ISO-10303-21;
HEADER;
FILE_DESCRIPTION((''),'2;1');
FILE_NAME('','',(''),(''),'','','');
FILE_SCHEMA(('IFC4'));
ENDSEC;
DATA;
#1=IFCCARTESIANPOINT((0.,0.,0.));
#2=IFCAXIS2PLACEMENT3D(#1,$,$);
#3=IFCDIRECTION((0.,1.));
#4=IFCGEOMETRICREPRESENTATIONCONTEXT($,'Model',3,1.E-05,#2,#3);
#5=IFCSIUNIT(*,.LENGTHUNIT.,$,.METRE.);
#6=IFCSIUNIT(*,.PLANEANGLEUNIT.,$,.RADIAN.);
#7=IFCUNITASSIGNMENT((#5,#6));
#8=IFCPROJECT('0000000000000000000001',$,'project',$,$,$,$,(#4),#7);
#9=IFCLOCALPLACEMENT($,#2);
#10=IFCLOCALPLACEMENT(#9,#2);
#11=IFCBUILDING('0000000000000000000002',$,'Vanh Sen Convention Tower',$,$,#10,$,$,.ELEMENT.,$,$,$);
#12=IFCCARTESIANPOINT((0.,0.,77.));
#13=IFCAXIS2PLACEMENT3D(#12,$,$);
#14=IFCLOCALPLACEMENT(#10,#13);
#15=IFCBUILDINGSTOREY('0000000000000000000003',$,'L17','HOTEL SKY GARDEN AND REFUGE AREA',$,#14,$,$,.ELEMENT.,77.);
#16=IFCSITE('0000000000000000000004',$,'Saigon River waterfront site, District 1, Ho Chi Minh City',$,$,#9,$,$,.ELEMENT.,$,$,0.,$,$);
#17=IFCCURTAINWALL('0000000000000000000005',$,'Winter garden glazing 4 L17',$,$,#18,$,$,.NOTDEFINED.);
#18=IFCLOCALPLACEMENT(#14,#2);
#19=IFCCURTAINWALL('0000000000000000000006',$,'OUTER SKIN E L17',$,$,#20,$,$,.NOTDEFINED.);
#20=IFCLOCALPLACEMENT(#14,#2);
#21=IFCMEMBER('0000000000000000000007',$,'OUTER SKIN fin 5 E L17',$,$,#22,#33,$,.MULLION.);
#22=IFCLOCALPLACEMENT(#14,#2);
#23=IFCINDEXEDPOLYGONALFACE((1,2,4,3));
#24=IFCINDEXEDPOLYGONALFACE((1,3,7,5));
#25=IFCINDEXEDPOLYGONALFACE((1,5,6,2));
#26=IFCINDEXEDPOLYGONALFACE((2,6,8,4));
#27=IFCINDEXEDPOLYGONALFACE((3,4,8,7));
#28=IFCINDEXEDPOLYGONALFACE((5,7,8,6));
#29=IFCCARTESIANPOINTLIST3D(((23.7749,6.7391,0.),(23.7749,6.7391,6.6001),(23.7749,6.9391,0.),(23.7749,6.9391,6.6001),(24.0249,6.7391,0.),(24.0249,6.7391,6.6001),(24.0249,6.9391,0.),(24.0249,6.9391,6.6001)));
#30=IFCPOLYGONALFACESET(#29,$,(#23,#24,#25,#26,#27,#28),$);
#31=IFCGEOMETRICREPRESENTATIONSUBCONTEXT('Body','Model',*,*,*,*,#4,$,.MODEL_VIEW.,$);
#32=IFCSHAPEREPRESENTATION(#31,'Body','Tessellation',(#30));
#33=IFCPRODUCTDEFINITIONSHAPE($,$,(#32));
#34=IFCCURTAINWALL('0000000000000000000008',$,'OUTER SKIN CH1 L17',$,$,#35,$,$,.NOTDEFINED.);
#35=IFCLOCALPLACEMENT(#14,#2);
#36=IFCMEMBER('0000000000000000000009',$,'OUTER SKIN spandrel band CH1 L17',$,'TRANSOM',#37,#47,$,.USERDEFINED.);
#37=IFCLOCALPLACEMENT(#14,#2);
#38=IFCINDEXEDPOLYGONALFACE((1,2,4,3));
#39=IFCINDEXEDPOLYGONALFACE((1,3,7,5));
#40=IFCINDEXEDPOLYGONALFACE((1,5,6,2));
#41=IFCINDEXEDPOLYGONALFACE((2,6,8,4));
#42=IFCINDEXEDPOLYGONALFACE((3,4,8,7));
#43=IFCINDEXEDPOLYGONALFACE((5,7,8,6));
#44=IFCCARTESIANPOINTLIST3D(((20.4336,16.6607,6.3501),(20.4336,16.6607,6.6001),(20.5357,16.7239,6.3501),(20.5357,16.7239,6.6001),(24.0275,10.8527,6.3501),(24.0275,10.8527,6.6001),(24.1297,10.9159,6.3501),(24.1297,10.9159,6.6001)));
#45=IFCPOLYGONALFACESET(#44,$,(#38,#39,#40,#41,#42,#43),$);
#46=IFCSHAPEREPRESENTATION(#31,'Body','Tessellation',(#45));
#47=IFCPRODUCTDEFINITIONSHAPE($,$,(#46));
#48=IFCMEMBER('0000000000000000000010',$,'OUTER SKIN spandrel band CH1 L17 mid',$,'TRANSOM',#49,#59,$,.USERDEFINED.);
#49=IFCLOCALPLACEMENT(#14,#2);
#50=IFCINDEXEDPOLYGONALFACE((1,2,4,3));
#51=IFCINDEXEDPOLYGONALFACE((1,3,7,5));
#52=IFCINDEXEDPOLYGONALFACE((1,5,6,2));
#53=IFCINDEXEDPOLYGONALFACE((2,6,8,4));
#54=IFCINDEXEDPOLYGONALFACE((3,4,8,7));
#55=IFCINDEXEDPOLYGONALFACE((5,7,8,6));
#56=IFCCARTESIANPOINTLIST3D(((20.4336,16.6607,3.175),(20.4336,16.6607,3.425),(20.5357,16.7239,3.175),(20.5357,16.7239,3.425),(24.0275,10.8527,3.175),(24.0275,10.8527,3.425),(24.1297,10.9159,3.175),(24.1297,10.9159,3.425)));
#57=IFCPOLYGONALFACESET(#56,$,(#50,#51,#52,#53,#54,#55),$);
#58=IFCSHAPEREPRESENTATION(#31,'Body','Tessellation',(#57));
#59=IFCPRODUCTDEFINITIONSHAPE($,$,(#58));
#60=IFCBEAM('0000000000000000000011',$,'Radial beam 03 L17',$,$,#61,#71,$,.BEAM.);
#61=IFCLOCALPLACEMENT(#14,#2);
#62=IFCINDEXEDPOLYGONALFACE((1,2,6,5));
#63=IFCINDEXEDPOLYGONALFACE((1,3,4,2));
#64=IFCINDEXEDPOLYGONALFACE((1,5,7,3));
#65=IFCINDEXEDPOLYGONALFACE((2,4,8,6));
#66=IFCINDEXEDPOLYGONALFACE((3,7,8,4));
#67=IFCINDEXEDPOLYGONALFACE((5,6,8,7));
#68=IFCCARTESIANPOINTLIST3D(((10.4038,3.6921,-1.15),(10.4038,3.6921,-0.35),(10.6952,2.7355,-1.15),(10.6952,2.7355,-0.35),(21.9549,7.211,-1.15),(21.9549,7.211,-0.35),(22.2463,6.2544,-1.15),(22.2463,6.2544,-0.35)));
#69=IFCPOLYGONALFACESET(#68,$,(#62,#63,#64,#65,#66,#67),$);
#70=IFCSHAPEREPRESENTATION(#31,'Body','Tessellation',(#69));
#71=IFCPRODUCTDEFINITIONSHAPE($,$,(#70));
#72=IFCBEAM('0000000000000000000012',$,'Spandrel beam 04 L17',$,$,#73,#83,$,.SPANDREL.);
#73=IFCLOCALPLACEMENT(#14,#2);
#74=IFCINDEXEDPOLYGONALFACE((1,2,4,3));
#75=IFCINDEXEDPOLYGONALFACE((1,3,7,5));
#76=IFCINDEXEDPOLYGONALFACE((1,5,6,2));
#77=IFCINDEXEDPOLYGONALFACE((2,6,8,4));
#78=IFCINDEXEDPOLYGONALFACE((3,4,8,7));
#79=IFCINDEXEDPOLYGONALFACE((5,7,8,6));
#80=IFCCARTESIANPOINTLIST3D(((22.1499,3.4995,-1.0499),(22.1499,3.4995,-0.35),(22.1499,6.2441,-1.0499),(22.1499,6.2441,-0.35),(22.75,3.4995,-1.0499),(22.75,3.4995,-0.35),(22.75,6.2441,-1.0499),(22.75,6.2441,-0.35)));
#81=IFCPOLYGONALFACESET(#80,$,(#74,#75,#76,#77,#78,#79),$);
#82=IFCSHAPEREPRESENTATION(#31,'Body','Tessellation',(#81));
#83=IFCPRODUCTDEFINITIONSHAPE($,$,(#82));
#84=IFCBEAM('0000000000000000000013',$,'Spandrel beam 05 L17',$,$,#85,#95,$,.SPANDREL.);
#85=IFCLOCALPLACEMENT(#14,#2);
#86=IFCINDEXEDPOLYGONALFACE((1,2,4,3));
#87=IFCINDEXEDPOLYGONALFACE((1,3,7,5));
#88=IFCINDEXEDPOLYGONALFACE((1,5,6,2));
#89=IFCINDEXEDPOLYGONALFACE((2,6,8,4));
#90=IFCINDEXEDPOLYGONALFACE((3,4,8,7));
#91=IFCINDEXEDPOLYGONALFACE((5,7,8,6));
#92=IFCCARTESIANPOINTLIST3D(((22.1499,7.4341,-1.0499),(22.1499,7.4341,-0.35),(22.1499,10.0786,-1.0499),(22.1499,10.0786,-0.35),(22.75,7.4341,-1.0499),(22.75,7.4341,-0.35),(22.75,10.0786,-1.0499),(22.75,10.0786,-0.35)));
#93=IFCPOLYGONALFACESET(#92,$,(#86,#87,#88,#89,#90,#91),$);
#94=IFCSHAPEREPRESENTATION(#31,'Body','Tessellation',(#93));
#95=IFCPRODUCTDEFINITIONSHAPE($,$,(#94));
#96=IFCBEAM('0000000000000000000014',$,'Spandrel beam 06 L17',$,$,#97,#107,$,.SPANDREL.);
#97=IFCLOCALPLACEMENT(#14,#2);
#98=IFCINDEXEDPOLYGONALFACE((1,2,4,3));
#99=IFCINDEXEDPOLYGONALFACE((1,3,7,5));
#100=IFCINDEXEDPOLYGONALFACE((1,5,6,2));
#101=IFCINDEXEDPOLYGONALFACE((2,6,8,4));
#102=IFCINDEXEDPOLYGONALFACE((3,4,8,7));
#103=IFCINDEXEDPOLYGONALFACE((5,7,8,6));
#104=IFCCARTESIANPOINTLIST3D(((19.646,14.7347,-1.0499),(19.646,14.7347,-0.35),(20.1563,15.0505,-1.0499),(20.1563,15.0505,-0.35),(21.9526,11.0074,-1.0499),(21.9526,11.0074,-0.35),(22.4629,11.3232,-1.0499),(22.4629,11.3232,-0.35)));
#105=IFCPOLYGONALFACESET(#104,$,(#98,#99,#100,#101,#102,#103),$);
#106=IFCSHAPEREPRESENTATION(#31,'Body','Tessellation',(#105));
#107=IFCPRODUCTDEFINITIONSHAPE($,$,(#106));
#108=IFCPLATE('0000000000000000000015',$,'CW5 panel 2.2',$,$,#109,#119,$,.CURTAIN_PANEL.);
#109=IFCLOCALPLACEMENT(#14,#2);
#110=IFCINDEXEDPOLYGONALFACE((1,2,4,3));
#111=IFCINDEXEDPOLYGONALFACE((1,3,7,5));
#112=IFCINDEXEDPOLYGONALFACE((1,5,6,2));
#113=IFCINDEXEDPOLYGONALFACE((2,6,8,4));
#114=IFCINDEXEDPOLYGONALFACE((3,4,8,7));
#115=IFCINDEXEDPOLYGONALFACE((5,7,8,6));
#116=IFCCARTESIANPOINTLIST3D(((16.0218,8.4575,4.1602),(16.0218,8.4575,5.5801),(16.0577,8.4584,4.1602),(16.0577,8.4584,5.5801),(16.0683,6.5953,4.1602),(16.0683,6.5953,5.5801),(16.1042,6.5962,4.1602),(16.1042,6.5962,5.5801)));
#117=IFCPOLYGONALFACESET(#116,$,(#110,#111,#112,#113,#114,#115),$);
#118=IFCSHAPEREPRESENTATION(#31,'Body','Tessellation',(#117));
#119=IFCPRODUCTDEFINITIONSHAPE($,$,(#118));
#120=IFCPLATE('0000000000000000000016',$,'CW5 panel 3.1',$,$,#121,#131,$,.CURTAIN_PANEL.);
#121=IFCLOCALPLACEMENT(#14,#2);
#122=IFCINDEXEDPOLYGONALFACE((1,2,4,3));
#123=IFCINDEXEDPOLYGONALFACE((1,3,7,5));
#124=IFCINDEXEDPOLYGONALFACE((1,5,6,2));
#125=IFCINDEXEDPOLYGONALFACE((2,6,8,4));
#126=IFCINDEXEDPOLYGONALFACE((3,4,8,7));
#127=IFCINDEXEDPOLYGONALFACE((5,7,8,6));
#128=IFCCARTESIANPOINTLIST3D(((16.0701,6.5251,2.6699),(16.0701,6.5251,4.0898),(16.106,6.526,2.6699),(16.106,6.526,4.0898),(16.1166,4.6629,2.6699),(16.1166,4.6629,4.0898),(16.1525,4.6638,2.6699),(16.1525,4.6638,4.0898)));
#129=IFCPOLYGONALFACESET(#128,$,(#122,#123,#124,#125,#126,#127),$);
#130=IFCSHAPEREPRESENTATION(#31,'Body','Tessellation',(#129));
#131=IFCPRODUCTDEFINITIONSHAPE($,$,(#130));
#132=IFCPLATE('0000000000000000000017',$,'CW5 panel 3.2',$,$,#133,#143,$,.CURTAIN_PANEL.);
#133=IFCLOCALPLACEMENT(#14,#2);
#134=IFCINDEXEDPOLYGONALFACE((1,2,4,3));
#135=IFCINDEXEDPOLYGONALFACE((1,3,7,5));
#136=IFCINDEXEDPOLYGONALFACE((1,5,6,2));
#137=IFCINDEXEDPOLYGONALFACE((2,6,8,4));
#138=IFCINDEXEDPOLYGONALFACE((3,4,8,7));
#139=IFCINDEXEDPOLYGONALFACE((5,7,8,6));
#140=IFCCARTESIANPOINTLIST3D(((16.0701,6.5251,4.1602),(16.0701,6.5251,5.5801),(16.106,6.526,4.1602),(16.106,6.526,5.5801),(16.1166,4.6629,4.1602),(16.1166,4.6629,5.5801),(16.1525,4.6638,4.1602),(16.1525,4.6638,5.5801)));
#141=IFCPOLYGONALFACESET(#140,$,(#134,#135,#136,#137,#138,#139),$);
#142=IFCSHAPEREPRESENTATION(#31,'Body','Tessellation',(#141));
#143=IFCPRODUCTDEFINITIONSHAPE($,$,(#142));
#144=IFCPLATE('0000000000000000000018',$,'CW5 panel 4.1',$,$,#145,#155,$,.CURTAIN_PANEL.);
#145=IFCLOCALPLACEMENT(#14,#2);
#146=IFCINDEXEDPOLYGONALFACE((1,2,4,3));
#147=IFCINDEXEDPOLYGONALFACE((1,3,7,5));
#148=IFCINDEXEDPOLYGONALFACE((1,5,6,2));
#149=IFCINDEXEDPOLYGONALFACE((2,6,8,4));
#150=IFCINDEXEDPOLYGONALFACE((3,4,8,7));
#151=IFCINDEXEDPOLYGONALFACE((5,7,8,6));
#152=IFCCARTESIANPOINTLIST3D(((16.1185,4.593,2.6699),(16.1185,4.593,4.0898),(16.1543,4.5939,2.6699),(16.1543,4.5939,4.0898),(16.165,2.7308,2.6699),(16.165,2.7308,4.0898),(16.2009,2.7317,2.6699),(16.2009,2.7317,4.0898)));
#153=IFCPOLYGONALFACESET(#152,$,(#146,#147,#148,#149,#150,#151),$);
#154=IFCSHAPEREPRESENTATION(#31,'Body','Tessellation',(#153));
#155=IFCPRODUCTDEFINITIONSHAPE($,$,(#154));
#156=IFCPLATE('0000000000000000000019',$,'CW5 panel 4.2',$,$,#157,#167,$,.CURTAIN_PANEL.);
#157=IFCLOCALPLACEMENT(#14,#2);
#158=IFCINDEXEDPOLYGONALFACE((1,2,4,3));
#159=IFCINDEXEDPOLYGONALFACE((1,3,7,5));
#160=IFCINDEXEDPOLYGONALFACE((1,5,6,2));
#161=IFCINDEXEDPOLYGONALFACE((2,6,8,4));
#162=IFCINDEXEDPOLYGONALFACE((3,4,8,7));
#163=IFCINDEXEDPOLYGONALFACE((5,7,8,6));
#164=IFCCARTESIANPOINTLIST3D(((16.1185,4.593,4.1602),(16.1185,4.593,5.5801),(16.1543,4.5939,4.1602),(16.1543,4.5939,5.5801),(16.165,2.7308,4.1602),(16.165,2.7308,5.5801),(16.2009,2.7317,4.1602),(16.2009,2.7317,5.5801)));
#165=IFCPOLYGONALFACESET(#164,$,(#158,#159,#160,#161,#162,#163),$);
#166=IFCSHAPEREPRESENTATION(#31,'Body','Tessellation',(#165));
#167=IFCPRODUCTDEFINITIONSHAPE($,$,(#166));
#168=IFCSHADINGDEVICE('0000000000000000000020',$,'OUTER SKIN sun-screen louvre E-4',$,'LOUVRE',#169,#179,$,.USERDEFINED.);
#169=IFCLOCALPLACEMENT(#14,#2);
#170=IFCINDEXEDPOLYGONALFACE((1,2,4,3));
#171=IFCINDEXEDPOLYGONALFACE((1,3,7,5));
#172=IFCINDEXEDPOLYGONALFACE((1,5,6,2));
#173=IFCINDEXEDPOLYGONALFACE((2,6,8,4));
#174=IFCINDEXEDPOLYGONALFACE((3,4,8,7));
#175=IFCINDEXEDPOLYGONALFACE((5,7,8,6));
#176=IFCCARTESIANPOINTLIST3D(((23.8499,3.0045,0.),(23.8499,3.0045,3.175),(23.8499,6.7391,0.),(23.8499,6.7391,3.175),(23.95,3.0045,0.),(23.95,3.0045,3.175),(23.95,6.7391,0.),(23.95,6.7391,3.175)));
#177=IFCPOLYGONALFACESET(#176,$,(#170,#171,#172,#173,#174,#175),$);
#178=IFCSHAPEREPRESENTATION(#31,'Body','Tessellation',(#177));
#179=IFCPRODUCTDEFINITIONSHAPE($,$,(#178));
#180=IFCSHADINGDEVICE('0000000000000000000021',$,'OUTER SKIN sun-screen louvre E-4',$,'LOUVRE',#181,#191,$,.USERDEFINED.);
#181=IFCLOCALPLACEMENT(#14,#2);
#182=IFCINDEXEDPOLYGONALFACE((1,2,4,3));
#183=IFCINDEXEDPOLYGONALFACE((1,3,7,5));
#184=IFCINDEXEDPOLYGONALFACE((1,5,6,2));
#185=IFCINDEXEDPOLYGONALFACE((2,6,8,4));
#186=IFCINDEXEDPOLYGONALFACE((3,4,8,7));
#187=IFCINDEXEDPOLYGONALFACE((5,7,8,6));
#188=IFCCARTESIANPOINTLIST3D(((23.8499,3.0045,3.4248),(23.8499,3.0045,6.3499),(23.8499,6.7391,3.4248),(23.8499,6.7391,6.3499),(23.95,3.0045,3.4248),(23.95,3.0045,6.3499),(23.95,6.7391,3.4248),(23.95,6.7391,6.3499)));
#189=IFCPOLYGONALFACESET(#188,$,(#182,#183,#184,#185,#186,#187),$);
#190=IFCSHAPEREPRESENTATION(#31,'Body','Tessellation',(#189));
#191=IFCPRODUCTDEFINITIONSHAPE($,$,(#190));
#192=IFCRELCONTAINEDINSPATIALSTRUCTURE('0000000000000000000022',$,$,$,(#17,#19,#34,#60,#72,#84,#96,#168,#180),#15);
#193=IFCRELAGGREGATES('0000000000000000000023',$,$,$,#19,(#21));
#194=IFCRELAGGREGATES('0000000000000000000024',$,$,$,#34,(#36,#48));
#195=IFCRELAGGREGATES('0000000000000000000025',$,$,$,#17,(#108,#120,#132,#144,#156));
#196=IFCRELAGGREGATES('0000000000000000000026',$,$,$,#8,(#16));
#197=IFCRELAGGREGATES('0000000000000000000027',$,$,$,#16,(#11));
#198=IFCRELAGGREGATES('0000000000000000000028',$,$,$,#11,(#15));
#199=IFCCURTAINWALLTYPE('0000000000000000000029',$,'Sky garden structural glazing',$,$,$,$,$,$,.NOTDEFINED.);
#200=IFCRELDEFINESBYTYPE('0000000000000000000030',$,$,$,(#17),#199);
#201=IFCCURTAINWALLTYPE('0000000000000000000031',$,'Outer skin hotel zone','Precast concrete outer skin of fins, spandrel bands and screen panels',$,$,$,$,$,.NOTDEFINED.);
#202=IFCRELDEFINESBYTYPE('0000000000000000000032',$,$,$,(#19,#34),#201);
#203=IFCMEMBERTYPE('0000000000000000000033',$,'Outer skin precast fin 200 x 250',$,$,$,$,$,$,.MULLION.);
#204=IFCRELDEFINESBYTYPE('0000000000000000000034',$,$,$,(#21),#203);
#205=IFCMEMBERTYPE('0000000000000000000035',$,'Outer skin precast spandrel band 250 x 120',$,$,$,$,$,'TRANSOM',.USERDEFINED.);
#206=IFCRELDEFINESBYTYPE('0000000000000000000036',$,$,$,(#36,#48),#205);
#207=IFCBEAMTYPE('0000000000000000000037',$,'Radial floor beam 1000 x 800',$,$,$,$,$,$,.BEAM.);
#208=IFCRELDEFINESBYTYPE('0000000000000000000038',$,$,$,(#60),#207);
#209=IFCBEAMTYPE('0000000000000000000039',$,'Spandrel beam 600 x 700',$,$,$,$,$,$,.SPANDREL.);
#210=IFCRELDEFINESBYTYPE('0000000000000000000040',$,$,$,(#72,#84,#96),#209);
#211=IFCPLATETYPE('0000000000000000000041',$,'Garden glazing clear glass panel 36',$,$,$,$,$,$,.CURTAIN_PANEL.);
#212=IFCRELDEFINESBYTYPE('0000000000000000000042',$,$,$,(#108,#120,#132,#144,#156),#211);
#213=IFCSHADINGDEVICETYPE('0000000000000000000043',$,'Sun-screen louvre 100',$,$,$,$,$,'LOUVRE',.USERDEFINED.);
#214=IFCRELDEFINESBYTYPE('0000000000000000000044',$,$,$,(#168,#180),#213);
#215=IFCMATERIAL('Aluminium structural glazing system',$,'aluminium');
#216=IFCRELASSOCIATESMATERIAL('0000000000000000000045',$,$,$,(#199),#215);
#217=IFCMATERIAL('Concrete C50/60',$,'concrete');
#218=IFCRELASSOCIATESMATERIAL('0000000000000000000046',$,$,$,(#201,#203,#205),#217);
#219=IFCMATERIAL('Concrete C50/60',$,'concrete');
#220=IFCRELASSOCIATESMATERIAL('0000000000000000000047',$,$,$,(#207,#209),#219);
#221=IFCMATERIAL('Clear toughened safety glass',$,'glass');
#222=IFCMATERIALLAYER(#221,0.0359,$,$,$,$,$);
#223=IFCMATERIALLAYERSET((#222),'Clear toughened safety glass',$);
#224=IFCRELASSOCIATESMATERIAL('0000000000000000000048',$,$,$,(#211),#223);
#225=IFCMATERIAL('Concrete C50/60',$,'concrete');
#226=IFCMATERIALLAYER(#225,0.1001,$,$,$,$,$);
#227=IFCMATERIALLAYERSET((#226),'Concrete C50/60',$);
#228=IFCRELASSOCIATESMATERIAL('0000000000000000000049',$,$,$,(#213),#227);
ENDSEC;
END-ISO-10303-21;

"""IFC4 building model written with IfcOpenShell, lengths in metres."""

from ifc_helpers import new_model, si_unit, direction, frame, origin, origin_2d, place, context, subcontext, project, spatial, rectangle, extrude, material, layer, layer_set, material_profile, profile_set, type_object, element, aggregate, save


model = new_model("IFC4")

# Units and contexts
model_context = context("Model", 3, precision=1e-05, world=origin(), true_north=direction((0.0, 1.0)))
body_context = subcontext(model_context, "Body", "Model", "MODEL_VIEW")
ifc_project = project(units=[si_unit("LENGTHUNIT", "METRE"), si_unit("PLANEANGLEUNIT", "RADIAN")], contexts=[model_context])

# Site, building, storey
site_placement = place(None, origin())
site = spatial("IfcSite", under=ifc_project, at=site_placement, Name="Saigon River waterfront site, District 1, Ho Chi Minh City", CompositionType="ELEMENT", RefElevation=0.0)
building_placement = place(site_placement, origin())
building = spatial("IfcBuilding", under=site, at=building_placement, Name="Vanh Sen Convention Tower", CompositionType="ELEMENT")
storey_placement = place(building_placement, frame((0.0, 0.0, 77.0)))
storey = spatial("IfcBuildingStorey", under=building, at=storey_placement, Name="L17", Description="HOTEL SKY GARDEN AND REFUGE AREA", CompositionType="ELEMENT", Elevation=77.0)

# Curtain walls, members
ifc_material_1 = material(Name="Aluminium structural glazing system", Category="aluminium")
curtain_wall_type_1 = type_object("IfcCurtainWallType", Name="Sky garden structural glazing", PredefinedType="NOTDEFINED", material=ifc_material_1)
curtain_wall_1_placement = place(storey_placement, origin())
curtain_wall_1 = element("IfcCurtainWall", 1, at=curtain_wall_1_placement, inside=storey, type_object=curtain_wall_type_1, Name="Winter garden glazing 4 L17", PredefinedType="NOTDEFINED")
ifc_material_2 = material(Name="Concrete C50/60", Category="concrete")
curtain_wall_type_2 = type_object("IfcCurtainWallType", Name="Outer skin hotel zone", Description="Precast concrete outer skin of fins, spandrel bands and screen panels", PredefinedType="NOTDEFINED", material=ifc_material_2)
curtain_wall_2_placement = place(storey_placement, origin())
curtain_wall_2 = element("IfcCurtainWall", 2, at=curtain_wall_2_placement, inside=storey, type_object=curtain_wall_type_2, Name="OUTER SKIN E L17", PredefinedType="NOTDEFINED")
ifc_material_profile_1 = material_profile(ifc_material_2, rectangle(XDim=0.2, YDim=0.25, at=origin_2d()), Name="Outer skin precast fin 200 x 250")
ifc_profile_set_1 = profile_set([ifc_material_profile_1], Name="Concrete C50/60")
member_type_1 = type_object("IfcMemberType", Name="Outer skin precast fin 200 x 250", PredefinedType="MULLION", material=ifc_profile_set_1)
member_1_placement = place(storey_placement, frame((23.8999, 6.8391, 0.0), z_axis=(0.0, 0.0, 1.0), x_axis=(0.0, 1.0, 0.0)))
member_1 = element("IfcMember", 3, at=member_1_placement, type_object=member_type_1, Name="OUTER SKIN fin 5 E L17", PredefinedType="MULLION", context=body_context, shape_type="SweptSolid", body=[
    extrude(rectangle(XDim=0.2, YDim=0.25, at=origin_2d()), origin(), (0.0, 0.0, 1.0), 6.6001),
])
aggregate(curtain_wall_2, [member_1])
curtain_wall_3_placement = place(storey_placement, origin())
curtain_wall_3 = element("IfcCurtainWall", 4, at=curtain_wall_3_placement, inside=storey, type_object=curtain_wall_type_2, Name="OUTER SKIN CH1 L17", PredefinedType="NOTDEFINED")
ifc_material_profile_2 = material_profile(ifc_material_2, rectangle(XDim=0.1201, YDim=0.25, at=origin_2d()), Name="Outer skin precast spandrel band 250 x 120")
ifc_profile_set_2 = profile_set([ifc_material_profile_2], Name="Concrete C50/60")
member_type_2 = type_object("IfcMemberType", Name="Outer skin precast spandrel band 250 x 120", ElementType="TRANSOM", PredefinedType="USERDEFINED", material=ifc_profile_set_2)
member_2_placement = place(storey_placement, frame((24.0786, 10.8843, 6.4751), z_axis=(-0.526196, 0.850363, 0.0), x_axis=(-0.850363, -0.526196, 0.0)))
member_2 = element("IfcMember", 5, at=member_2_placement, type_object=member_type_2, Name="OUTER SKIN spandrel band CH1 L17", ObjectType="TRANSOM", PredefinedType="USERDEFINED", context=body_context, shape_type="SweptSolid", body=[
    extrude(rectangle(XDim=0.1201, YDim=0.25, at=origin_2d()), origin(), (0.0, 0.0, 1.0), 6.8301),
])
member_3_placement = place(storey_placement, frame((24.0786, 10.8843, 3.3), z_axis=(-0.526196, 0.850363, 0.0), x_axis=(-0.850363, -0.526196, 0.0)))
member_3 = element("IfcMember", 6, at=member_3_placement, type_object=member_type_2, Name="OUTER SKIN spandrel band CH1 L17 mid", ObjectType="TRANSOM", PredefinedType="USERDEFINED", context=body_context, shape_type="SweptSolid", body=[
    extrude(rectangle(XDim=0.1201, YDim=0.25, at=origin_2d()), origin(), (0.0, 0.0, 1.0), 6.8301),
])
aggregate(curtain_wall_3, [member_2, member_3])

# Beams
ifc_material_3 = material(Name="Concrete C50/60", Category="concrete")
ifc_material_profile_3 = material_profile(ifc_material_3, rectangle(XDim=1.0, YDim=0.8, at=origin_2d()), Name="RC 1000X800")
ifc_profile_set_3 = profile_set([ifc_material_profile_3], Name="Concrete C50/60")
beam_type_1 = type_object("IfcBeamType", Name="Radial floor beam 1000 x 800", PredefinedType="BEAM", material=ifc_profile_set_3)
beam_1_placement = place(storey_placement, frame((22.1006, 6.7327, -0.75), z_axis=(-0.956598, -0.291409, 0.0), x_axis=(0.291409, -0.956598, 0.0)))
element("IfcBeam", 7, at=beam_1_placement, inside=storey, type_object=beam_type_1, Name="Radial beam 03 L17", PredefinedType="BEAM", context=body_context, shape_type="SweptSolid", body=[
    extrude(rectangle(XDim=1.0, YDim=0.8, at=origin_2d()), origin(), (0.0, 0.0, 1.0), 12.0752),
])
ifc_material_profile_4 = material_profile(ifc_material_3, rectangle(XDim=0.6001, YDim=0.7, at=origin_2d()), Name="RC 600X700")
ifc_profile_set_4 = profile_set([ifc_material_profile_4], Name="Concrete C50/60")
beam_type_2 = type_object("IfcBeamType", Name="Spandrel beam 600 x 700", PredefinedType="SPANDREL", material=ifc_profile_set_4)
beam_2_placement = place(storey_placement, frame((22.45, 3.4995, -0.7), z_axis=(0.0, 1.0, 0.0), x_axis=(-1.0, 0.0, 0.0)))
element("IfcBeam", 8, at=beam_2_placement, inside=storey, type_object=beam_type_2, Name="Spandrel beam 04 L17", PredefinedType="SPANDREL", context=body_context, shape_type="SweptSolid", body=[
    extrude(rectangle(XDim=0.6001, YDim=0.7, at=origin_2d()), origin(), (0.0, 0.0, 1.0), 2.7446),
])
beam_3_placement = place(storey_placement, frame((22.45, 7.4341, -0.7), z_axis=(0.0, 1.0, 0.0), x_axis=(-1.0, 0.0, 0.0)))
element("IfcBeam", 9, at=beam_3_placement, inside=storey, type_object=beam_type_2, Name="Spandrel beam 05 L17", PredefinedType="SPANDREL", context=body_context, shape_type="SweptSolid", body=[
    extrude(rectangle(XDim=0.6001, YDim=0.7, at=origin_2d()), origin(), (0.0, 0.0, 1.0), 2.6445),
])
beam_4_placement = place(storey_placement, frame((22.2078, 11.1653, -0.7), z_axis=(-0.526234, 0.85034, 0.0), x_axis=(-0.85034, -0.526234, 0.0)))
element("IfcBeam", 10, at=beam_4_placement, inside=storey, type_object=beam_type_2, Name="Spandrel beam 06 L17", PredefinedType="SPANDREL", context=body_context, shape_type="SweptSolid", body=[
    extrude(rectangle(XDim=0.6001, YDim=0.7, at=origin_2d()), origin(), (0.0, 0.0, 1.0), 4.3833),
])

# Plates
ifc_material_4 = material(Name="Clear toughened safety glass", Category="glass")
ifc_layer_1 = layer(ifc_material_4, 0.0359)
ifc_layer_set_1 = layer_set([ifc_layer_1], Name="Clear toughened safety glass")
plate_type = type_object("IfcPlateType", Name="Garden glazing clear glass panel 36", PredefinedType="CURTAIN_PANEL", material=ifc_layer_set_1)
plate_1_placement = place(storey_placement, frame((16.063, 7.5269, 4.1602), z_axis=(0.0, 0.0, 1.0), x_axis=(0.024972, -0.999688, 0.0)))
plate_1 = element("IfcPlate", 11, at=plate_1_placement, type_object=plate_type, Name="CW5 panel 2.2", PredefinedType="CURTAIN_PANEL", context=body_context, shape_type="SweptSolid", body=[
    extrude(rectangle(XDim=1.8628, YDim=0.0359, at=origin_2d()), origin(), (0.0, 0.0, 1.0), 1.4199),
])
plate_2_placement = place(storey_placement, frame((16.1113, 5.5945, 2.6699), z_axis=(0.0, 0.0, 1.0), x_axis=(0.024972, -0.999688, 0.0)))
plate_2 = element("IfcPlate", 12, at=plate_2_placement, type_object=plate_type, Name="CW5 panel 3.1", PredefinedType="CURTAIN_PANEL", context=body_context, shape_type="SweptSolid", body=[
    extrude(rectangle(XDim=1.8628, YDim=0.0359, at=origin_2d()), origin(), (0.0, 0.0, 1.0), 1.4199),
])
plate_3_placement = place(storey_placement, frame((16.1113, 5.5945, 4.1602), z_axis=(0.0, 0.0, 1.0), x_axis=(0.024972, -0.999688, 0.0)))
plate_3 = element("IfcPlate", 13, at=plate_3_placement, type_object=plate_type, Name="CW5 panel 3.2", PredefinedType="CURTAIN_PANEL", context=body_context, shape_type="SweptSolid", body=[
    extrude(rectangle(XDim=1.8628, YDim=0.0359, at=origin_2d()), origin(), (0.0, 0.0, 1.0), 1.4199),
])
plate_4_placement = place(storey_placement, frame((16.1597, 3.6624, 2.6699), z_axis=(0.0, 0.0, 1.0), x_axis=(0.024972, -0.999688, 0.0)))
plate_4 = element("IfcPlate", 14, at=plate_4_placement, type_object=plate_type, Name="CW5 panel 4.1", PredefinedType="CURTAIN_PANEL", context=body_context, shape_type="SweptSolid", body=[
    extrude(rectangle(XDim=1.8628, YDim=0.0359, at=origin_2d()), origin(), (0.0, 0.0, 1.0), 1.4199),
])
plate_5_placement = place(storey_placement, frame((16.1597, 3.6624, 4.1602), z_axis=(0.0, 0.0, 1.0), x_axis=(0.024972, -0.999688, 0.0)))
plate_5 = element("IfcPlate", 15, at=plate_5_placement, type_object=plate_type, Name="CW5 panel 4.2", PredefinedType="CURTAIN_PANEL", context=body_context, shape_type="SweptSolid", body=[
    extrude(rectangle(XDim=1.8628, YDim=0.0359, at=origin_2d()), origin(), (0.0, 0.0, 1.0), 1.4199),
])
aggregate(curtain_wall_1, [plate_1, plate_2, plate_3, plate_4, plate_5])

# Shading devices
ifc_material_5 = material(Name="Concrete C50/60", Category="concrete")
ifc_layer_2 = layer(ifc_material_5, 0.1001)
ifc_layer_set_2 = layer_set([ifc_layer_2], Name="Concrete C50/60")
shading_device_type = type_object("IfcShadingDeviceType", Name="Sun-screen louvre 100", ElementType="LOUVRE", PredefinedType="USERDEFINED", material=ifc_layer_set_2)
shading_device_1_placement = place(storey_placement, frame((23.8999, 4.8718, 0.0), z_axis=(0.0, 0.0, 1.0), x_axis=(0.0, 1.0, 0.0)))
element("IfcShadingDevice", 16, at=shading_device_1_placement, inside=storey, type_object=shading_device_type, Name="OUTER SKIN sun-screen louvre E-4", ObjectType="LOUVRE", PredefinedType="USERDEFINED", context=body_context, shape_type="SweptSolid", body=[
    extrude(rectangle(XDim=3.7346, YDim=0.1001, at=origin_2d()), origin(), (0.0, 0.0, 1.0), 3.175),
])
shading_device_2_placement = place(storey_placement, frame((23.8999, 4.8718, 3.4248), z_axis=(0.0, 0.0, 1.0), x_axis=(0.0, 1.0, 0.0)))
element("IfcShadingDevice", 17, at=shading_device_2_placement, inside=storey, type_object=shading_device_type, Name="OUTER SKIN sun-screen louvre E-4", ObjectType="LOUVRE", PredefinedType="USERDEFINED", context=body_context, shape_type="SweptSolid", body=[
    extrude(rectangle(XDim=3.7346, YDim=0.1001, at=origin_2d()), origin(), (0.0, 0.0, 1.0), 2.925),
])

save(model, "model.ifc")
